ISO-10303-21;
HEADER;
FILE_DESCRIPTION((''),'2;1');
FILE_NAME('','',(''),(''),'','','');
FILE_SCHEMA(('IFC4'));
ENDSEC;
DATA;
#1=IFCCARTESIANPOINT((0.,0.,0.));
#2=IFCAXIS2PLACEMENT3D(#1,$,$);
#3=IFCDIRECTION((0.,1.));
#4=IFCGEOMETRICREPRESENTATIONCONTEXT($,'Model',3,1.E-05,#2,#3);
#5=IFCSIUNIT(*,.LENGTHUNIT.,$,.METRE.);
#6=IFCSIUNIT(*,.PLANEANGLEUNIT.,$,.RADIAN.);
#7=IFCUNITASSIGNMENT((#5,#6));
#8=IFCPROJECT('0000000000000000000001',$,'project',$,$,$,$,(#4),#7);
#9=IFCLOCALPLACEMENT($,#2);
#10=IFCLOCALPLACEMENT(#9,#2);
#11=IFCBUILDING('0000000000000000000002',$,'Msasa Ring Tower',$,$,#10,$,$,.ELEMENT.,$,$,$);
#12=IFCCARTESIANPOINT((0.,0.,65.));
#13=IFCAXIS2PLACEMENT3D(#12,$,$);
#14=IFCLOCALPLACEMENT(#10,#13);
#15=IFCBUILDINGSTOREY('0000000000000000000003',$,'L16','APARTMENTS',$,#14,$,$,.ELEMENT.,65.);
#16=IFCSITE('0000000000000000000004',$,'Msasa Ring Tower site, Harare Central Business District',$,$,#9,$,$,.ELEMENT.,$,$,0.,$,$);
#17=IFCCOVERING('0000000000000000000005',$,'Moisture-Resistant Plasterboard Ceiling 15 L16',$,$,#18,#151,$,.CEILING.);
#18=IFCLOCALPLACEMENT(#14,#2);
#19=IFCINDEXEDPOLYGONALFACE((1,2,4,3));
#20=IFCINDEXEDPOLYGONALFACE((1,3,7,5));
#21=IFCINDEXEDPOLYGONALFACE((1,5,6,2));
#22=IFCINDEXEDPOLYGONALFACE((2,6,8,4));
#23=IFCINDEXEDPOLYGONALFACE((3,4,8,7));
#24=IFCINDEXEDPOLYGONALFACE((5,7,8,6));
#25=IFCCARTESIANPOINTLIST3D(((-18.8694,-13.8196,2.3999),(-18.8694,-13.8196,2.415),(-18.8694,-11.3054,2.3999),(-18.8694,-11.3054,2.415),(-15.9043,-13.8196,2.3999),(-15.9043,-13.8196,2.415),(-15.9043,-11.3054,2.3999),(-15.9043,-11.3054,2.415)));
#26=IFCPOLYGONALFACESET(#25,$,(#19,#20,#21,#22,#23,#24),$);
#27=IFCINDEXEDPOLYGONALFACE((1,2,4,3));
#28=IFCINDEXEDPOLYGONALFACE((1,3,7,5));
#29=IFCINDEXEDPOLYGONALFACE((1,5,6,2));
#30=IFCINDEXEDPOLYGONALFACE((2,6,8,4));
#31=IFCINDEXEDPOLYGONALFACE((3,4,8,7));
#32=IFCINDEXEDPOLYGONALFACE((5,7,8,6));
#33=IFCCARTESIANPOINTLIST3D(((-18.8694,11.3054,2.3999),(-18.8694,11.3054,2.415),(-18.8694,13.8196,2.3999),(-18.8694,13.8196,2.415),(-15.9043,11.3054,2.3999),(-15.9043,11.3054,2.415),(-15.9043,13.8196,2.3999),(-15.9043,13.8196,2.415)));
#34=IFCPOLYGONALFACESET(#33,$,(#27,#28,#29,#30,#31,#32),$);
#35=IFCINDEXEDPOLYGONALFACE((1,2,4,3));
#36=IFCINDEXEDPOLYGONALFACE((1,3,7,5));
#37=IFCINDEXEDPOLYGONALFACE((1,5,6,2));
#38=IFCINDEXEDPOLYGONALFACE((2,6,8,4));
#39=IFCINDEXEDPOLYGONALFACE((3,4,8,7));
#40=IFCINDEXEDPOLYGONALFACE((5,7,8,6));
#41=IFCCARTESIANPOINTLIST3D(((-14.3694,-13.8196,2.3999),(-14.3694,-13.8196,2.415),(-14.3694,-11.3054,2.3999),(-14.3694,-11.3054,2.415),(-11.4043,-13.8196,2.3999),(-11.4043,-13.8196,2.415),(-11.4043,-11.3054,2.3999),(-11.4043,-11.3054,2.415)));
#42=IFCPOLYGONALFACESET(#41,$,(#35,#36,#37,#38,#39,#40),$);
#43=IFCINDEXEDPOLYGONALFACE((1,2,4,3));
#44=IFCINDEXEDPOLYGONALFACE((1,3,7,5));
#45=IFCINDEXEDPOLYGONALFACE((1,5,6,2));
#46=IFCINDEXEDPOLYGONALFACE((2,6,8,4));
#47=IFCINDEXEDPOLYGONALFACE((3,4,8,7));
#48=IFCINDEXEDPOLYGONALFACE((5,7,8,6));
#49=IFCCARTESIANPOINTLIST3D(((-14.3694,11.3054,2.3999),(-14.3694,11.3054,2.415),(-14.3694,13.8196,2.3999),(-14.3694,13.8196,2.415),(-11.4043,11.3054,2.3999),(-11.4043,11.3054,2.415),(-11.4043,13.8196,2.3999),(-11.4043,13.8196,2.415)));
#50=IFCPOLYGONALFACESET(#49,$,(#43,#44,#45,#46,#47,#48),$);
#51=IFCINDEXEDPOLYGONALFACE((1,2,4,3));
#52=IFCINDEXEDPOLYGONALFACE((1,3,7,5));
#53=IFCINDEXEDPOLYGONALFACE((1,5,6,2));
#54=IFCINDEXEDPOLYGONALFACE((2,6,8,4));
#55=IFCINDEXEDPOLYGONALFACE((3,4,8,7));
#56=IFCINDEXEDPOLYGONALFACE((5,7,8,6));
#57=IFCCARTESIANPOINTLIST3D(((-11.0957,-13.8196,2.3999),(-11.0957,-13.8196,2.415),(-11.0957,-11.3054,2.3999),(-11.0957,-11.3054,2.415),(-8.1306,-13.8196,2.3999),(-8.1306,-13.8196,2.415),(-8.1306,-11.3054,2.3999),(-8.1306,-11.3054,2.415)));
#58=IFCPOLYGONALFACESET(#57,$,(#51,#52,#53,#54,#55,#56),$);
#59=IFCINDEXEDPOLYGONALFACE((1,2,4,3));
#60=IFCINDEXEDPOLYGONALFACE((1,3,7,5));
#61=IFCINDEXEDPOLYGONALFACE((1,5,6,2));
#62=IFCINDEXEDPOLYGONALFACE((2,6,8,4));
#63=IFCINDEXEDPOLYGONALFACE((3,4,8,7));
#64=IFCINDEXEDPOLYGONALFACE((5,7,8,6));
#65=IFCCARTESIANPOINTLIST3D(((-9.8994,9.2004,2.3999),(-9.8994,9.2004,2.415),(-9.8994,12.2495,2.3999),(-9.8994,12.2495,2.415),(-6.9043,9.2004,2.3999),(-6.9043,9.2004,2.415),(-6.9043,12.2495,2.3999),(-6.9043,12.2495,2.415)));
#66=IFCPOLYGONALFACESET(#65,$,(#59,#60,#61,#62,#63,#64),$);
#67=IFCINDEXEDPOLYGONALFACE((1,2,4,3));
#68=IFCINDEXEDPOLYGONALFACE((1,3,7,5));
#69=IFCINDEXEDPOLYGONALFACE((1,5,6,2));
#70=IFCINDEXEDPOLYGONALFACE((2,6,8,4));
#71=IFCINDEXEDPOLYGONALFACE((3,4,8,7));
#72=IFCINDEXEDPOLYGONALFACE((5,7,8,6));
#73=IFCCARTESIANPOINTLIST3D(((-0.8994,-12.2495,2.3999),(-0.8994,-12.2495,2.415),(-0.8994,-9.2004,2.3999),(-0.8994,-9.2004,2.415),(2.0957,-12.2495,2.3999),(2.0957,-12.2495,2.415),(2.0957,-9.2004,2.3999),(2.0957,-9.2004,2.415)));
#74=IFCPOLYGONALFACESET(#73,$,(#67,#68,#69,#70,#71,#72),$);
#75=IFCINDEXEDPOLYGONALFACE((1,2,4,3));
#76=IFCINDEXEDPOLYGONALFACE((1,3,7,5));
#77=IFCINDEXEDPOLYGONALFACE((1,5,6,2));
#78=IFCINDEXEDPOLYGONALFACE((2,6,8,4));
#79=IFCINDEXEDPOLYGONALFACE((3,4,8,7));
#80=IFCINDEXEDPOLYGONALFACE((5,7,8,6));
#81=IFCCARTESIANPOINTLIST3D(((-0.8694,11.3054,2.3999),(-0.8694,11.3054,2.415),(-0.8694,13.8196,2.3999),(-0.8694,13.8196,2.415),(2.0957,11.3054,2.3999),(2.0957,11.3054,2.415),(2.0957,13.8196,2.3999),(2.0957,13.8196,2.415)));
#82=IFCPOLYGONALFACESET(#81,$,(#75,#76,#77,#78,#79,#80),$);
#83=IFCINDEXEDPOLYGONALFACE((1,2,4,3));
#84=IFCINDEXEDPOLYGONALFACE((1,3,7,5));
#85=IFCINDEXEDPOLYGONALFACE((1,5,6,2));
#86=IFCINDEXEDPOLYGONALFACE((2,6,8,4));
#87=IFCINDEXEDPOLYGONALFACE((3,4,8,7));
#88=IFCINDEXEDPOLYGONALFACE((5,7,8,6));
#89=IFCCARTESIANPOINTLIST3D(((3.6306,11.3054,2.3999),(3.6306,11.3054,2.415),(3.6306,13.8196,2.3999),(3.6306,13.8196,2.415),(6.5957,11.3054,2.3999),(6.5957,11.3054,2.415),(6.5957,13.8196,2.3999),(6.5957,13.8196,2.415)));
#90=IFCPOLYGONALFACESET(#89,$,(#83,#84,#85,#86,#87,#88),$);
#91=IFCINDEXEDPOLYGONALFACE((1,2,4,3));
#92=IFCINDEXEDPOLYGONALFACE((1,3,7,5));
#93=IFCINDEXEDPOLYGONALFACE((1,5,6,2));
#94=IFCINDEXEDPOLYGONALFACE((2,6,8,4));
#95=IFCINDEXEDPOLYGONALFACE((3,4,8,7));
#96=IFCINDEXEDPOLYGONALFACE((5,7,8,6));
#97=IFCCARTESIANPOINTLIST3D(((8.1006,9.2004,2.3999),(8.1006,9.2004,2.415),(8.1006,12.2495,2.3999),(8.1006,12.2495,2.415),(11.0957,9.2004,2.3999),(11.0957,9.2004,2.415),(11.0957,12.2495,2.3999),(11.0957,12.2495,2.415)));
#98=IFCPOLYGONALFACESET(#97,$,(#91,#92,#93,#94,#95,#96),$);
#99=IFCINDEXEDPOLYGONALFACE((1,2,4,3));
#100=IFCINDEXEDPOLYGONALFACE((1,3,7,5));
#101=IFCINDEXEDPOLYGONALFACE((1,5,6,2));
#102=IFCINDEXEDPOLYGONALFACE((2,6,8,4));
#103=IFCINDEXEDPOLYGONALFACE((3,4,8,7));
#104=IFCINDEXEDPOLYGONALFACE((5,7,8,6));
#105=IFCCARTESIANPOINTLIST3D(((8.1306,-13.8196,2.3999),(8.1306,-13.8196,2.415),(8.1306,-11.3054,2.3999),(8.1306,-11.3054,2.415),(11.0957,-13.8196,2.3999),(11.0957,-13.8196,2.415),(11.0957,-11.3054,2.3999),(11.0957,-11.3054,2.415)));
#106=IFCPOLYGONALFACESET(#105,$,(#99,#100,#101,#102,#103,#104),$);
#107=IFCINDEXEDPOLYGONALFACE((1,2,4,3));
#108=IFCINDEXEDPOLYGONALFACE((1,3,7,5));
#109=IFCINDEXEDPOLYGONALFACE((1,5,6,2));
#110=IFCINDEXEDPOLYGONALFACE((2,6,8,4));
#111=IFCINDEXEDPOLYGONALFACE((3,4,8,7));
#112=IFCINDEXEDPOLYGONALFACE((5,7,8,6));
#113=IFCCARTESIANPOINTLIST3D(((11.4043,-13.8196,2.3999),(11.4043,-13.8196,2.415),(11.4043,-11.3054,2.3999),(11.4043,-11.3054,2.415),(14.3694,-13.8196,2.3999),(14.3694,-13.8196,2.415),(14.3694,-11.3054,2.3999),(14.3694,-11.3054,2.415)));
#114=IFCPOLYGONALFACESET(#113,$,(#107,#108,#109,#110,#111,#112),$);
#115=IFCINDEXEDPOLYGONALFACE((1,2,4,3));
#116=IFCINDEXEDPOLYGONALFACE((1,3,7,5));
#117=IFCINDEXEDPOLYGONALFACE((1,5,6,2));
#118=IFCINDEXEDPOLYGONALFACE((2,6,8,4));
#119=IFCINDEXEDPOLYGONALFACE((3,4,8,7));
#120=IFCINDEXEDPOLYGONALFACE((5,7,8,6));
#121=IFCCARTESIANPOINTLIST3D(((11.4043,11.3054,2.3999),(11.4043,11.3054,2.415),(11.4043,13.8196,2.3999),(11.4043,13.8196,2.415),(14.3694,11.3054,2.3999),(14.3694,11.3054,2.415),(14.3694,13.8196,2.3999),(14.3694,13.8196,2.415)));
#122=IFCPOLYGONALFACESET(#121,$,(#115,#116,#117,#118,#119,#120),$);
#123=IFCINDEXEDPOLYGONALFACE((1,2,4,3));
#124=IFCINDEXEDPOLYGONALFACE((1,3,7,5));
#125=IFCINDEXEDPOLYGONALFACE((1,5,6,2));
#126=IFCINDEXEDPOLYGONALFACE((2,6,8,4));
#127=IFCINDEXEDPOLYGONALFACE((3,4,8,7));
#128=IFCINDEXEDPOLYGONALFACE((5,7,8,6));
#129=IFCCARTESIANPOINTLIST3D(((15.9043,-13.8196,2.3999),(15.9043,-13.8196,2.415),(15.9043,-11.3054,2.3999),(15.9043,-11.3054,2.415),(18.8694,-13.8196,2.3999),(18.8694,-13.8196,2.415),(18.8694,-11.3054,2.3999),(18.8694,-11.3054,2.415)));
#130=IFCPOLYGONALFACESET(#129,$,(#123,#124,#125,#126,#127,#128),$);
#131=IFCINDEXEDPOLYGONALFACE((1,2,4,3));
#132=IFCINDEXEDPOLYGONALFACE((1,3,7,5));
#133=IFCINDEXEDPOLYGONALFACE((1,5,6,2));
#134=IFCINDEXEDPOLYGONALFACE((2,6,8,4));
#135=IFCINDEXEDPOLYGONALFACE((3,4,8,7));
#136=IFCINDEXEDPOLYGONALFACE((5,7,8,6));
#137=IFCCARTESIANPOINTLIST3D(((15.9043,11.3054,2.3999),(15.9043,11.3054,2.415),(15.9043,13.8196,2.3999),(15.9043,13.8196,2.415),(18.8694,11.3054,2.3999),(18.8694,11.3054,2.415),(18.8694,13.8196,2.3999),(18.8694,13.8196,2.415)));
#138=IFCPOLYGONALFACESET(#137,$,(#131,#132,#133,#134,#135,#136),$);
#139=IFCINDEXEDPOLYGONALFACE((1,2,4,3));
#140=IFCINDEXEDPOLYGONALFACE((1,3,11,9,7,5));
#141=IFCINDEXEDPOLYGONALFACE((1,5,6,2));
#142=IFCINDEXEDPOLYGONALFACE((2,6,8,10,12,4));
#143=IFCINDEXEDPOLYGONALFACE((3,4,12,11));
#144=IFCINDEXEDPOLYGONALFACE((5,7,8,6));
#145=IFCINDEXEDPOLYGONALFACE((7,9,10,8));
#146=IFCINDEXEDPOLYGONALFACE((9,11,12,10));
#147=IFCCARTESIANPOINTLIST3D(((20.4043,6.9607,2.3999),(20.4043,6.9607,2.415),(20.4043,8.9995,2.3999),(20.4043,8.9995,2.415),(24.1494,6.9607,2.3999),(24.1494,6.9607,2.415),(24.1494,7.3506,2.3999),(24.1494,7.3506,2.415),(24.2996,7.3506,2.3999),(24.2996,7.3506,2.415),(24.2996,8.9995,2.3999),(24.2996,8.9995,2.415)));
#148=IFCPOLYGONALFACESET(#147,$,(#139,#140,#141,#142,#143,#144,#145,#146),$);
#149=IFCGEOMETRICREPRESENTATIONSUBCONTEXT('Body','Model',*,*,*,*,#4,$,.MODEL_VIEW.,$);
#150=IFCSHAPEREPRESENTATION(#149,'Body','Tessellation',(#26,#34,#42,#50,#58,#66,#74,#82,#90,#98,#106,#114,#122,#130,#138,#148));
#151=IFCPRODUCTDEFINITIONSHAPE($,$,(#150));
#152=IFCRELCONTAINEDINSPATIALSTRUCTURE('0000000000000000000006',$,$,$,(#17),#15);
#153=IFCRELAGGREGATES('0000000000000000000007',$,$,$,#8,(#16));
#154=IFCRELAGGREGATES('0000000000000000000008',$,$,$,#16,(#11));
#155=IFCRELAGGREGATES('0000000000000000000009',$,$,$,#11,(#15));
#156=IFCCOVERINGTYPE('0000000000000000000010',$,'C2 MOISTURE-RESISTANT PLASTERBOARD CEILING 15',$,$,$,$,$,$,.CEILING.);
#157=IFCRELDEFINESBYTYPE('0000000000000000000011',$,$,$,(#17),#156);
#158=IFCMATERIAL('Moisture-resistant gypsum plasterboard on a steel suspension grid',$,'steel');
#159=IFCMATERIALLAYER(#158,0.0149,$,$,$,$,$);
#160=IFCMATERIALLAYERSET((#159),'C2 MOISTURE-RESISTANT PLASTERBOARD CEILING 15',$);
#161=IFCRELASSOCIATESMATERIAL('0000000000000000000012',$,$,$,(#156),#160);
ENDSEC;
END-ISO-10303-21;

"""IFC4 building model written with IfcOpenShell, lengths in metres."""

from ifc_helpers import new_model, si_unit, direction, frame, origin, place, context, subcontext, project, spatial, line, indexed_curve, outline, extrude, material, layer, layer_set, type_object, element, save


model = new_model("IFC4")

# Units and contexts
model_context = context("Model", 3, precision=1e-05, world=origin(), true_north=direction((0.0, 1.0)))
body_context = subcontext(model_context, "Body", "Model", "MODEL_VIEW")
ifc_project = project(units=[si_unit("LENGTHUNIT", "METRE"), si_unit("PLANEANGLEUNIT", "RADIAN")], contexts=[model_context])

# Site, building, storey
site_placement = place(None, origin())
site = spatial("IfcSite", under=ifc_project, at=site_placement, Name="Msasa Ring Tower site, Harare Central Business District", CompositionType="ELEMENT", RefElevation=0.0)
building_placement = place(site_placement, origin())
building = spatial("IfcBuilding", under=site, at=building_placement, Name="Msasa Ring Tower", CompositionType="ELEMENT")
storey_placement = place(building_placement, frame((0.0, 0.0, 65.0)))
storey = spatial("IfcBuildingStorey", under=building, at=storey_placement, Name="L16", Description="APARTMENTS", CompositionType="ELEMENT", Elevation=65.0)

# Covering
ifc_material_1 = material(Name="Moisture-resistant gypsum plasterboard on a steel suspension grid", Category="steel")
ifc_layer_1 = layer(ifc_material_1, 0.0149)
ifc_layer_set_1 = layer_set([ifc_layer_1], Name="C2 MOISTURE-RESISTANT PLASTERBOARD CEILING 15")
covering_type_1 = type_object("IfcCoveringType", Name="C2 MOISTURE-RESISTANT PLASTERBOARD CEILING 15", PredefinedType="CEILING", material=ifc_layer_set_1)
covering_1_placement = place(storey_placement, frame((0.0, 0.0, 2.3999)))
element("IfcCovering", 1, at=covering_1_placement, inside=storey, type_object=covering_type_1, Name="Moisture-Resistant Plasterboard Ceiling 15 L16", PredefinedType="CEILING", context=body_context, shape_type="SweptSolid", body=[
    extrude(outline(indexed_curve([(-18.8694, -11.3054), (-15.9043, -11.3054), (-15.9043, -13.8196), (-18.8694, -13.8196)], segments=[line(1, 2, 3, 4, 1)], self_intersect=False)), origin(), (0.0, 0.0, 1.0), 0.0151),
    extrude(outline(indexed_curve([(-18.8694, 13.8196), (-15.9043, 13.8196), (-15.9043, 11.3054), (-18.8694, 11.3054)], segments=[line(1, 2, 3, 4, 1)], self_intersect=False)), origin(), (0.0, 0.0, 1.0), 0.0151),
    extrude(outline(indexed_curve([(-14.3694, -11.3054), (-11.4043, -11.3054), (-11.4043, -13.8196), (-14.3694, -13.8196)], segments=[line(1, 2, 3, 4, 1)], self_intersect=False)), origin(), (0.0, 0.0, 1.0), 0.0151),
    extrude(outline(indexed_curve([(-14.3694, 13.8196), (-11.4043, 13.8196), (-11.4043, 11.3054), (-14.3694, 11.3054)], segments=[line(1, 2, 3, 4, 1)], self_intersect=False)), origin(), (0.0, 0.0, 1.0), 0.0151),
    extrude(outline(indexed_curve([(-8.1306, -11.3054), (-8.1306, -13.8196), (-11.0957, -13.8196), (-11.0957, -11.3054)], segments=[line(1, 2, 3, 4, 1)], self_intersect=False)), origin(), (0.0, 0.0, 1.0), 0.0151),
    extrude(outline(indexed_curve([(-9.8994, 12.2495), (-6.9043, 12.2495), (-6.9043, 9.2004), (-9.8994, 9.2004)], segments=[line(1, 2, 3, 4, 1)], self_intersect=False)), origin(), (0.0, 0.0, 1.0), 0.0151),
    extrude(outline(indexed_curve([(-0.8994, -9.2004), (2.0957, -9.2004), (2.0957, -12.2495), (-0.8994, -12.2495)], segments=[line(1, 2, 3, 4, 1)], self_intersect=False)), origin(), (0.0, 0.0, 1.0), 0.0151),
    extrude(outline(indexed_curve([(-0.8694, 13.8196), (2.0957, 13.8196), (2.0957, 11.3054), (-0.8694, 11.3054)], segments=[line(1, 2, 3, 4, 1)], self_intersect=False)), origin(), (0.0, 0.0, 1.0), 0.0151),
    extrude(outline(indexed_curve([(3.6306, 13.8196), (6.5957, 13.8196), (6.5957, 11.3054), (3.6306, 11.3054)], segments=[line(1, 2, 3, 4, 1)], self_intersect=False)), origin(), (0.0, 0.0, 1.0), 0.0151),
    extrude(outline(indexed_curve([(8.1006, 12.2495), (11.0957, 12.2495), (11.0957, 9.2004), (8.1006, 9.2004)], segments=[line(1, 2, 3, 4, 1)], self_intersect=False)), origin(), (0.0, 0.0, 1.0), 0.0151),
    extrude(outline(indexed_curve([(8.1306, -11.3054), (11.0957, -11.3054), (11.0957, -13.8196), (8.1306, -13.8196)], segments=[line(1, 2, 3, 4, 1)], self_intersect=False)), origin(), (0.0, 0.0, 1.0), 0.0151),
    extrude(outline(indexed_curve([(14.3694, -11.3054), (14.3694, -13.8196), (11.4043, -13.8196), (11.4043, -11.3054)], segments=[line(1, 2, 3, 4, 1)], self_intersect=False)), origin(), (0.0, 0.0, 1.0), 0.0151),
    extrude(outline(indexed_curve([(14.3694, 13.8196), (14.3694, 11.3054), (11.4043, 11.3054), (11.4043, 13.8196)], segments=[line(1, 2, 3, 4, 1)], self_intersect=False)), origin(), (0.0, 0.0, 1.0), 0.0151),
    extrude(outline(indexed_curve([(18.8694, -11.3054), (18.8694, -13.8196), (15.9043, -13.8196), (15.9043, -11.3054)], segments=[line(1, 2, 3, 4, 1)], self_intersect=False)), origin(), (0.0, 0.0, 1.0), 0.0151),
    extrude(outline(indexed_curve([(18.8694, 13.8196), (18.8694, 11.3054), (15.9043, 11.3054), (15.9043, 13.8196)], segments=[line(1, 2, 3, 4, 1)], self_intersect=False)), origin(), (0.0, 0.0, 1.0), 0.0151),
    extrude(outline(indexed_curve([(24.2996, 8.9995), (24.2996, 7.3506), (24.1494, 7.3506), (24.1494, 6.9607), (20.4043, 6.9607), (20.4043, 8.9995)], segments=[line(1, 2, 3, 4, 5, 6, 1)], self_intersect=False)), origin(), (0.0, 0.0, 1.0), 0.0151),
])

save(model, "model.ifc")
